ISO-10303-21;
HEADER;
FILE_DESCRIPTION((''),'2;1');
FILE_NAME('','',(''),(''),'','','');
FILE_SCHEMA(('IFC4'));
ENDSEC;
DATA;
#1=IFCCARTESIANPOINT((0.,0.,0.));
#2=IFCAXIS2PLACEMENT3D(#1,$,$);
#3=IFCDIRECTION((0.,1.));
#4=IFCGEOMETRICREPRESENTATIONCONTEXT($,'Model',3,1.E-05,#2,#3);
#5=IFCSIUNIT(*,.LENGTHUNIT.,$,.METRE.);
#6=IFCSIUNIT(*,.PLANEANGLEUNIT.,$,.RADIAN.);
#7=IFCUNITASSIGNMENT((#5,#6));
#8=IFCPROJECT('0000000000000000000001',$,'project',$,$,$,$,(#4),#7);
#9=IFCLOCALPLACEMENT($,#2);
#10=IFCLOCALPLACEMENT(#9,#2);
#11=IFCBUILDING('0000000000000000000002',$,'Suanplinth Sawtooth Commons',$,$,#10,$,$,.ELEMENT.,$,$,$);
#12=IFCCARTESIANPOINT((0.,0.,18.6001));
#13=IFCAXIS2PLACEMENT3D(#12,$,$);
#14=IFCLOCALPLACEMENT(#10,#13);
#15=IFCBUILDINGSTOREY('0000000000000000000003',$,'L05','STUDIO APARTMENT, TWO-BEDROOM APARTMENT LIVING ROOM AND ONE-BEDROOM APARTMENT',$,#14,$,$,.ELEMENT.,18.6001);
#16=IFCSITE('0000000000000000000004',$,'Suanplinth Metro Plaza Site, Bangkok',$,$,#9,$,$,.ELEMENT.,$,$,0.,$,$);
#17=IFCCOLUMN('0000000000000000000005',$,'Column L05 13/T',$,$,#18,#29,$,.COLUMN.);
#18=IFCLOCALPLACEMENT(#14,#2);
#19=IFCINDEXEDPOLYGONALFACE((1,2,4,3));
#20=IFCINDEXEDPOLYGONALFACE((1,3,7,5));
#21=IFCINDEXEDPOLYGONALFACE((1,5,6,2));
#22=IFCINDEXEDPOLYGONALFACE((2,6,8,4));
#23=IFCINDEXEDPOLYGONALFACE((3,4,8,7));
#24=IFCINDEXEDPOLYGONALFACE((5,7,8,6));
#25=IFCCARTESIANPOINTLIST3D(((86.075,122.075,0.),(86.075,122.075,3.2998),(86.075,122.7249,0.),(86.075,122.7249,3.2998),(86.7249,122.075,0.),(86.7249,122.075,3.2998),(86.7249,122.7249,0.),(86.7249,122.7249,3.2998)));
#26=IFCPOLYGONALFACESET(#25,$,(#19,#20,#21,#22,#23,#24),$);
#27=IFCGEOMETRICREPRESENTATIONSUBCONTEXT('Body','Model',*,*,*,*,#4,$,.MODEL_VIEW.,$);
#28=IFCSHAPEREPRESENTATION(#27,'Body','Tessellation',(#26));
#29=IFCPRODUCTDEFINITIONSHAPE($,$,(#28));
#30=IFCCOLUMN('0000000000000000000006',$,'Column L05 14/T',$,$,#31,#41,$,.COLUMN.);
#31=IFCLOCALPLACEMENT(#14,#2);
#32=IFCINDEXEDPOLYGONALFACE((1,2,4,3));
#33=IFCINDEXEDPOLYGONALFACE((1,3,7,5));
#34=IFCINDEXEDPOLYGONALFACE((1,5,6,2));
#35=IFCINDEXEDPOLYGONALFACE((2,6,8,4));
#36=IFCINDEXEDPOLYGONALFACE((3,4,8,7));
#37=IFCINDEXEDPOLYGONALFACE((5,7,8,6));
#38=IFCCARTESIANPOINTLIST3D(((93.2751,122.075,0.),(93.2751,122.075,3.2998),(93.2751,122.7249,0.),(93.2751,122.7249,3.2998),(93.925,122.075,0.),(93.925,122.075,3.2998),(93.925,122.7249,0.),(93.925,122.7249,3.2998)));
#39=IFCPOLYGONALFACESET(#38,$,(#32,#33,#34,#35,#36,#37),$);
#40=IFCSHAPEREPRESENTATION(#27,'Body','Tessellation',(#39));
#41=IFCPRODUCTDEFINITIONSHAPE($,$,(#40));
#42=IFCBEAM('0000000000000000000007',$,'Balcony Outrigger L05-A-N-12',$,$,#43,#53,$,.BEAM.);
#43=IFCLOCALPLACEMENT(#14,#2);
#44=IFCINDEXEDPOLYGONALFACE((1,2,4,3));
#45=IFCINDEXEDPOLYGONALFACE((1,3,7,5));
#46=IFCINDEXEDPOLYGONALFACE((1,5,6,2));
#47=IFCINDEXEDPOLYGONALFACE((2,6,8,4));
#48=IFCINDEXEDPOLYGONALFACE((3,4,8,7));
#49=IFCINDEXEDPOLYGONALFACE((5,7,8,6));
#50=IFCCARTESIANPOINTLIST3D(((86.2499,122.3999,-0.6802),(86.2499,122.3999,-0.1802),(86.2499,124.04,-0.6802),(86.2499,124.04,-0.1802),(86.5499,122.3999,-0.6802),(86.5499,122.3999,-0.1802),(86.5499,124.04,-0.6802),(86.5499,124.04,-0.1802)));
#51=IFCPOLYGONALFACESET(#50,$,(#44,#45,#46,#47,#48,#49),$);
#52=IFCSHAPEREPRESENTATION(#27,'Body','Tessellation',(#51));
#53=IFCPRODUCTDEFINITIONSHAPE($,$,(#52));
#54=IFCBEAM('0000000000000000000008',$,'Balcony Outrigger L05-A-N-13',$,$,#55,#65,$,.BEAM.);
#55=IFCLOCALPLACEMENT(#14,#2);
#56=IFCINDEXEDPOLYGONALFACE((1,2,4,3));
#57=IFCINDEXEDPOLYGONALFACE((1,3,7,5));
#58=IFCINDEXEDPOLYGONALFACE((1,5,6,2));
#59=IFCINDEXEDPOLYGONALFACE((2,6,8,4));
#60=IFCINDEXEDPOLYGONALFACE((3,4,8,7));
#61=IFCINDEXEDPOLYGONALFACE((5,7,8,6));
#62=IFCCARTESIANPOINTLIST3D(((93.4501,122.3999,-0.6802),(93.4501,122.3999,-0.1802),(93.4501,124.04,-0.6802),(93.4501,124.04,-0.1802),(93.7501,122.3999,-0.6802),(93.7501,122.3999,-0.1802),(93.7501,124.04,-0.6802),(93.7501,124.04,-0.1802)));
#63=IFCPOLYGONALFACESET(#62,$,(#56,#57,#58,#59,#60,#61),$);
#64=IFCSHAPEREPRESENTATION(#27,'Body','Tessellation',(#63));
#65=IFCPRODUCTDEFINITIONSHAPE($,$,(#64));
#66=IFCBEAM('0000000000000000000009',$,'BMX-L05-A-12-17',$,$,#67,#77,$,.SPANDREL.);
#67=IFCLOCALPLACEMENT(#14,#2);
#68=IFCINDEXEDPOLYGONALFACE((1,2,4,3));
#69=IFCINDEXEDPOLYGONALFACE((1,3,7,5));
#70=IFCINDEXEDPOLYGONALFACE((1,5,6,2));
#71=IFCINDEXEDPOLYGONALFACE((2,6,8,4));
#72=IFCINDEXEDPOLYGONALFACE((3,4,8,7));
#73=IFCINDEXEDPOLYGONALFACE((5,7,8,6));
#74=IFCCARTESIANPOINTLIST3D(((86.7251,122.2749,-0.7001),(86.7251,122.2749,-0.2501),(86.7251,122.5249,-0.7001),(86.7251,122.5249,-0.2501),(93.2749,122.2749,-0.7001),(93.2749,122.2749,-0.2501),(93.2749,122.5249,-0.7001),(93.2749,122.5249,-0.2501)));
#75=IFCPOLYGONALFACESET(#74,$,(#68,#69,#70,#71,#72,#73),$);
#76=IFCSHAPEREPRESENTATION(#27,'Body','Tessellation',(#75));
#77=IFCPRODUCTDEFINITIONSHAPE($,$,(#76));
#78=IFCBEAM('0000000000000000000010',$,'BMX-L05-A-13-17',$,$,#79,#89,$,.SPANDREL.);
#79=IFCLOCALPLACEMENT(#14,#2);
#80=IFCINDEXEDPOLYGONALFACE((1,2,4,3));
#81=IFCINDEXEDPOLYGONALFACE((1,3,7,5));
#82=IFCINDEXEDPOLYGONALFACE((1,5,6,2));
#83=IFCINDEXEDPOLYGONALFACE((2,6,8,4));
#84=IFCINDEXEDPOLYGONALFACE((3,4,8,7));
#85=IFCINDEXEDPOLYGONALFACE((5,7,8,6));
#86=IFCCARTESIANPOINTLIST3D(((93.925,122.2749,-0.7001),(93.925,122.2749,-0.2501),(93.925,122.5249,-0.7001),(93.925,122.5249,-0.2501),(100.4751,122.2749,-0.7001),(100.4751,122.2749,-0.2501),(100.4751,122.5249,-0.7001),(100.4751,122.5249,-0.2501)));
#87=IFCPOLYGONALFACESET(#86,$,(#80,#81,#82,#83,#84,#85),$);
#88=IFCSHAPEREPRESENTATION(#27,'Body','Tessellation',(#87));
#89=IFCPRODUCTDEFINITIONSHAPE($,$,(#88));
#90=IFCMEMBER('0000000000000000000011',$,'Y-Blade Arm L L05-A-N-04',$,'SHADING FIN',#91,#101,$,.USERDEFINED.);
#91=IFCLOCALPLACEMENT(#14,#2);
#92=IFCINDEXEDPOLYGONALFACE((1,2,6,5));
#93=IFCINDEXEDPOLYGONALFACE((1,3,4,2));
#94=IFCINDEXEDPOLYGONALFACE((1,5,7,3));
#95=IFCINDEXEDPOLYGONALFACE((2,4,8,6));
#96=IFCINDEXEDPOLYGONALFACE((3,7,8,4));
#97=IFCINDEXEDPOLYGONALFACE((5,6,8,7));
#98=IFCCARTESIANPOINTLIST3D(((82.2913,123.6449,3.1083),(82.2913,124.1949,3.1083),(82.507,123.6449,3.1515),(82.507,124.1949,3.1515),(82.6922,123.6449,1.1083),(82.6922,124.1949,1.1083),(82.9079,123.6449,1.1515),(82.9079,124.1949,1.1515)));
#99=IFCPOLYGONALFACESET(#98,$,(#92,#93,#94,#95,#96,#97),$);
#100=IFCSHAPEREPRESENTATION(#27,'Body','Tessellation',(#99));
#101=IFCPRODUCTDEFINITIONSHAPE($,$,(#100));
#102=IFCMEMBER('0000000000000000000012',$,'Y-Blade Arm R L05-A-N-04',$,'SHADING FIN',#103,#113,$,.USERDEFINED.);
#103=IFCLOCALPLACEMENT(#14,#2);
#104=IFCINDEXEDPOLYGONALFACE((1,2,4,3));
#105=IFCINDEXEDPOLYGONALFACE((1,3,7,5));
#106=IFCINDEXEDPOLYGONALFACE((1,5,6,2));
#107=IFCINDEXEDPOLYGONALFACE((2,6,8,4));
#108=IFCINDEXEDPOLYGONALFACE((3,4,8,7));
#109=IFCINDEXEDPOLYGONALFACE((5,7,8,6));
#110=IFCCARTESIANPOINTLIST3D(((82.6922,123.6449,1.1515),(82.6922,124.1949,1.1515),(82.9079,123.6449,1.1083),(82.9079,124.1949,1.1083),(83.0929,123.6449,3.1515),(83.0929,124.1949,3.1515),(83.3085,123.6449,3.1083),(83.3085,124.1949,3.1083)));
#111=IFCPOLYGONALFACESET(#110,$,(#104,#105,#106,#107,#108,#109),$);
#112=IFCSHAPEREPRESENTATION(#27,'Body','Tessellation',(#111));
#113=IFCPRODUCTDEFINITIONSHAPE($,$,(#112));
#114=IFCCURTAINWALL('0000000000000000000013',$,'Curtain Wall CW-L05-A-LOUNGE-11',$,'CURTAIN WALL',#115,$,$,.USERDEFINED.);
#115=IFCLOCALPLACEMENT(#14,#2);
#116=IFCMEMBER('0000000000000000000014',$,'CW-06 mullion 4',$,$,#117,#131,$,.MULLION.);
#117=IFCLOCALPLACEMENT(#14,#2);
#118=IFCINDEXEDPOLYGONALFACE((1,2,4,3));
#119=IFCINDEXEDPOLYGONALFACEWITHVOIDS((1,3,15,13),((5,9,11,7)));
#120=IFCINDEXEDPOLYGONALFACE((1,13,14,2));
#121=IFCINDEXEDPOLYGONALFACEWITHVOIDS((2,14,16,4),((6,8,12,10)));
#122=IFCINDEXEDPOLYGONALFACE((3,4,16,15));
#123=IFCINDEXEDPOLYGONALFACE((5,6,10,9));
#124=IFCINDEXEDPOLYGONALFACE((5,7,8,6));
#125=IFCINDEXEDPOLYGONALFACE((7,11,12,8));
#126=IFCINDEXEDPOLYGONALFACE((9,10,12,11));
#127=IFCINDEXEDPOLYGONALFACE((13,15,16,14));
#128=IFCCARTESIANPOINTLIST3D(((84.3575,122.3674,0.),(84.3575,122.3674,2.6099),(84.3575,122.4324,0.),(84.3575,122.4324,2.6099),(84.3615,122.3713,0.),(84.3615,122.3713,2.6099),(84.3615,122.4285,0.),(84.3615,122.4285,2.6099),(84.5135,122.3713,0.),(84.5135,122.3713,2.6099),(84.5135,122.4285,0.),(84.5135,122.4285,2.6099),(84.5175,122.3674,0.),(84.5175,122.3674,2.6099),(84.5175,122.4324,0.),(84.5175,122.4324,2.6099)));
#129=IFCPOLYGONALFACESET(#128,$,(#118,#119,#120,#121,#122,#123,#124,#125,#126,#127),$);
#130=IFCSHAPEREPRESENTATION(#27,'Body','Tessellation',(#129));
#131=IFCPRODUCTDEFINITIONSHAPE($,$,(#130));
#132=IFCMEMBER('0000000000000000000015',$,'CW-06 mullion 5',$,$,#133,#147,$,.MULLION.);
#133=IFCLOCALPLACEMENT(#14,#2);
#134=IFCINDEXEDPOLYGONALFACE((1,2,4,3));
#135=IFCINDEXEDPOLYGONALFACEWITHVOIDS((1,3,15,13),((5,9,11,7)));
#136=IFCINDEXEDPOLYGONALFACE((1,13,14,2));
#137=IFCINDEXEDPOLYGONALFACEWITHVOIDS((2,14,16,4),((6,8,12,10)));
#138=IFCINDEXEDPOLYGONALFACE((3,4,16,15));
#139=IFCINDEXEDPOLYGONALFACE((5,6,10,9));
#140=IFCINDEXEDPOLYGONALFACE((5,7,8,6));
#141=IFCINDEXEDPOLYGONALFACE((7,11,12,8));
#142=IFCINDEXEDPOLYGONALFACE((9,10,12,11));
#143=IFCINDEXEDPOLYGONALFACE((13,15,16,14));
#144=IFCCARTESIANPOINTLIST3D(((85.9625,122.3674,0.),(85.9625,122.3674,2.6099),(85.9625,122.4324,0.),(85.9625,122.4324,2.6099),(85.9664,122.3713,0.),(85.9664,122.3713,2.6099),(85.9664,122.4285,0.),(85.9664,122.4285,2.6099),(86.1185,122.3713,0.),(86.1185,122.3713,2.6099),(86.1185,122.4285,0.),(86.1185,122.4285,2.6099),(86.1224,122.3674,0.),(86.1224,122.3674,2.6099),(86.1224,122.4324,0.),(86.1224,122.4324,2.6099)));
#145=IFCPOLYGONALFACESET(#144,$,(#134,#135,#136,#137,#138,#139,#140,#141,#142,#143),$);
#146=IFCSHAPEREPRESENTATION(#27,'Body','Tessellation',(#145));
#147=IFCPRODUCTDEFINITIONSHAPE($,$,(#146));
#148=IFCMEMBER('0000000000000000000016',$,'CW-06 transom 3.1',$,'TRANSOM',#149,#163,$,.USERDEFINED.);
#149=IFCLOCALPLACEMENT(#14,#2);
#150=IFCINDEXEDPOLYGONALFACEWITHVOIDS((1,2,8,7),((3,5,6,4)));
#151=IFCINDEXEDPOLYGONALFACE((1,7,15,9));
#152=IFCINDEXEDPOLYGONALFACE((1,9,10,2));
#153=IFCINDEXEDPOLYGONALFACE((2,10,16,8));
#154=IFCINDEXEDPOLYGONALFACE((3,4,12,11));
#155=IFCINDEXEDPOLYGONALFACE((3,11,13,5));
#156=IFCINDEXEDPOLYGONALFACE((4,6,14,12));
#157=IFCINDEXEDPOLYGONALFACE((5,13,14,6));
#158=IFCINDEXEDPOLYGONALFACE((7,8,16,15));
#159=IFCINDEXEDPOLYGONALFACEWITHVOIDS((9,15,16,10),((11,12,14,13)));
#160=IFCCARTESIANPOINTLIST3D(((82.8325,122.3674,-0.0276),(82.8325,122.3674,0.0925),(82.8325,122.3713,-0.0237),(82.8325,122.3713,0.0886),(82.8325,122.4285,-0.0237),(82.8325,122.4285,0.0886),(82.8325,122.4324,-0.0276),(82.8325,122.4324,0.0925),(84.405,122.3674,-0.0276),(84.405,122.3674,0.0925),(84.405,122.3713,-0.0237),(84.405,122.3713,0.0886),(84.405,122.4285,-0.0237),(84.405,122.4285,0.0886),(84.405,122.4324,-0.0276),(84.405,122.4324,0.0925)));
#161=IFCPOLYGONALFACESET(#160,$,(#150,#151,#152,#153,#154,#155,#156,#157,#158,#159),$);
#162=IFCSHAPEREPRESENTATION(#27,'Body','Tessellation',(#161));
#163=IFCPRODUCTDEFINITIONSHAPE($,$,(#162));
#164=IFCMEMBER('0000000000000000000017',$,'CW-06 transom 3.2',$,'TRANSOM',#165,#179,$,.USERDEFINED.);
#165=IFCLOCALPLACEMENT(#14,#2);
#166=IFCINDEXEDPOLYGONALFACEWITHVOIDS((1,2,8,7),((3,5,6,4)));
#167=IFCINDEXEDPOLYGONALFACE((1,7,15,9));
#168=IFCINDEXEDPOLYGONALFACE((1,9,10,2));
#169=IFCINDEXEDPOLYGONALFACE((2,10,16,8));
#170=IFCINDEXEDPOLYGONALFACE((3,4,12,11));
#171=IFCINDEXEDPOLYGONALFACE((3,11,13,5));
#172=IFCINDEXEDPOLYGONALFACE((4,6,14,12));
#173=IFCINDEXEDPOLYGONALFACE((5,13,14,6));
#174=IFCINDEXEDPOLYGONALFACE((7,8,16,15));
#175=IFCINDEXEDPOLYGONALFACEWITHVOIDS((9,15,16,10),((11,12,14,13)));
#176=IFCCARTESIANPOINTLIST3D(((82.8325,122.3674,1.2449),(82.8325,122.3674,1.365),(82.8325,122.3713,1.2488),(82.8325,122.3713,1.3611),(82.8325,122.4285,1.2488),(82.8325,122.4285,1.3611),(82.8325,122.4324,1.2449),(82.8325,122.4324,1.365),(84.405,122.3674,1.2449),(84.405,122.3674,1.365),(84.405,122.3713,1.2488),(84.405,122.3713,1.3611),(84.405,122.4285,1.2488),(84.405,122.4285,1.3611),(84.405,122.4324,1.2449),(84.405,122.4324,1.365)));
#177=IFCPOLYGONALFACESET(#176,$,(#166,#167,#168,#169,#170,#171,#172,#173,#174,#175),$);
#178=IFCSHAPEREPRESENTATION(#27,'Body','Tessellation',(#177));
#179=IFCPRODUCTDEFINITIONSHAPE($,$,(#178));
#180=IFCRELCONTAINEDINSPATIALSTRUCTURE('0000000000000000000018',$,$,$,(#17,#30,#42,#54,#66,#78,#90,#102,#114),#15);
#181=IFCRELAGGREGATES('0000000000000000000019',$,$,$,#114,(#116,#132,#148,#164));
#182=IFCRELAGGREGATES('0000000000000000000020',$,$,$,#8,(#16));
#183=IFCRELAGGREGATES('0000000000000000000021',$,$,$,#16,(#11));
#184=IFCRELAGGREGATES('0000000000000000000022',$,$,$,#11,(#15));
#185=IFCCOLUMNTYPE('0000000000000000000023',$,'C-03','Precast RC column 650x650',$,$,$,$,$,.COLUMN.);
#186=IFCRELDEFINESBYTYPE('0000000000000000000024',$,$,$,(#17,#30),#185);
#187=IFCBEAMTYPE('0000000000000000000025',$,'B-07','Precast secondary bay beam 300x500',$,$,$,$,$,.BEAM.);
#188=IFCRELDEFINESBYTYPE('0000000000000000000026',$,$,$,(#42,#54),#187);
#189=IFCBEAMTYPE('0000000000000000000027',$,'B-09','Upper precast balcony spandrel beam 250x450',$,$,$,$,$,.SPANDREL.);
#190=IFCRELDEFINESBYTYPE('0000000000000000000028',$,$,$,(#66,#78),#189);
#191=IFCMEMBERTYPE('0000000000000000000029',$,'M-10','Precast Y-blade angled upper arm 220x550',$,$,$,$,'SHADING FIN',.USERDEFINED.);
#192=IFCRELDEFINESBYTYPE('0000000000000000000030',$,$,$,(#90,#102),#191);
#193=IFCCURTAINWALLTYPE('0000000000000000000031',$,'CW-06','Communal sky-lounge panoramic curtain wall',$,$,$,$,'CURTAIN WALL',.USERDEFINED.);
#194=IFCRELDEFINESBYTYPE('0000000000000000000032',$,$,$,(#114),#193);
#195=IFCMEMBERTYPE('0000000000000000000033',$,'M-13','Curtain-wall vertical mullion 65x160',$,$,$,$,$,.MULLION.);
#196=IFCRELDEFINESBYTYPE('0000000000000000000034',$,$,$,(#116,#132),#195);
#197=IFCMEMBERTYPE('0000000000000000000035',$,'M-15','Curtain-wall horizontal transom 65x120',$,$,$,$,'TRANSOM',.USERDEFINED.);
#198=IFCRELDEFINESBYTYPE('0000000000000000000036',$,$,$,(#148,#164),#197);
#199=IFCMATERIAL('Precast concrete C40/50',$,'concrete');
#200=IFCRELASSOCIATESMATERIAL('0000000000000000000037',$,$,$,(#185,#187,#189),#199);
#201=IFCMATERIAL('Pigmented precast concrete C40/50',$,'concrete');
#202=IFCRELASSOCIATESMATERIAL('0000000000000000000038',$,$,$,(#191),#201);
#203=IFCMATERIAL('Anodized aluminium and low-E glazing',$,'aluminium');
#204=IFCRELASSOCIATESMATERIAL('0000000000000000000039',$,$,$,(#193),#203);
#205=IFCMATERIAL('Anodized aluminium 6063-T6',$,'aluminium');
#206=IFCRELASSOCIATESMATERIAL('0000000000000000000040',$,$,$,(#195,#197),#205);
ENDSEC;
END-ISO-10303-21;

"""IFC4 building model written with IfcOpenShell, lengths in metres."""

from ifc_helpers import new_model, si_unit, direction, frame, origin, origin_2d, place, context, subcontext, project, spatial, rectangle, hollow_rectangle, extrude, material, material_profile, profile_set, type_object, element, aggregate, save


model = new_model("IFC4")

# Units and contexts
model_context = context("Model", 3, precision=1e-05, world=origin(), true_north=direction((0.0, 1.0)))
body_context = subcontext(model_context, "Body", "Model", "MODEL_VIEW")
ifc_project = project(units=[si_unit("LENGTHUNIT", "METRE"), si_unit("PLANEANGLEUNIT", "RADIAN")], contexts=[model_context])

# Site, building, storey
site_placement = place(None, origin())
site = spatial("IfcSite", under=ifc_project, at=site_placement, Name="Suanplinth Metro Plaza Site, Bangkok", CompositionType="ELEMENT", RefElevation=0.0)
building_placement = place(site_placement, origin())
building = spatial("IfcBuilding", under=site, at=building_placement, Name="Suanplinth Sawtooth Commons", CompositionType="ELEMENT")
storey_placement = place(building_placement, frame((0.0, 0.0, 18.6001)))
storey = spatial("IfcBuildingStorey", under=building, at=storey_placement, Name="L05", Description="STUDIO APARTMENT, TWO-BEDROOM APARTMENT LIVING ROOM AND ONE-BEDROOM APARTMENT", CompositionType="ELEMENT", Elevation=18.6001)

# Columns
ifc_material_1 = material(Name="Precast concrete C40/50", Category="concrete")
ifc_material_profile_1 = material_profile(ifc_material_1, rectangle(XDim=0.6499, YDim=0.6499, at=origin_2d()), Name="PC-COL 650x650")
ifc_profile_set_1 = profile_set([ifc_material_profile_1], Name="Precast concrete C40/50")
column_type = type_object("IfcColumnType", Name="C-03", Description="Precast RC column 650x650", PredefinedType="COLUMN", material=ifc_profile_set_1)
for number, where, z_axis, x_axis, name in (
    (1, (86.3999, 122.3999, 0.0), (0.0, 0.0, 1.0), (1.0, 0.0, 0.0), "Column L05 13/T"),
    (2, (93.6001, 122.3999, 0.0), (0.0, 0.0, 1.0), (1.0, 0.0, 0.0), "Column L05 14/T"),
):
    element("IfcColumn", number, at=place(storey_placement, frame(where, z_axis=z_axis, x_axis=x_axis)), inside=storey, type_object=column_type, Name=name, PredefinedType="COLUMN", context=body_context, shape_type="SweptSolid", body=[
        extrude(rectangle(XDim=0.6499, YDim=0.6499, at=origin_2d()), origin(), (0.0, 0.0, 1.0), 3.2998),
    ])

# Beams
ifc_material_profile_2 = material_profile(ifc_material_1, rectangle(XDim=0.3, YDim=0.5, at=origin_2d()), Name="PC-BM 300x500")
ifc_profile_set_2 = profile_set([ifc_material_profile_2], Name="Precast concrete C40/50")
beam_type_1 = type_object("IfcBeamType", Name="B-07", Description="Precast secondary bay beam 300x500", PredefinedType="BEAM", material=ifc_profile_set_2)
for number, where, z_axis, x_axis, name in (
    (3, (86.3999, 122.3999, -0.4302), (0.0, 1.0, 0.0), (-1.0, 0.0, 0.0), "Balcony Outrigger L05-A-N-12"),
    (4, (93.6001, 122.3999, -0.4302), (0.0, 1.0, 0.0), (-1.0, 0.0, 0.0), "Balcony Outrigger L05-A-N-13"),
):
    element("IfcBeam", number, at=place(storey_placement, frame(where, z_axis=z_axis, x_axis=x_axis)), inside=storey, type_object=beam_type_1, Name=name, PredefinedType="BEAM", context=body_context, shape_type="SweptSolid", body=[
        extrude(rectangle(XDim=0.3, YDim=0.5, at=origin_2d()), origin(), (0.0, 0.0, 1.0), 1.6401),
    ])
ifc_material_profile_3 = material_profile(ifc_material_1, rectangle(XDim=0.25, YDim=0.45, at=origin_2d()), Name="PC-SP 250x450")
ifc_profile_set_3 = profile_set([ifc_material_profile_3], Name="Precast concrete C40/50")
beam_type_2 = type_object("IfcBeamType", Name="B-09", Description="Upper precast balcony spandrel beam 250x450", PredefinedType="SPANDREL", material=ifc_profile_set_3)
beam_1_placement = place(storey_placement, frame((86.7251, 122.3999, -0.4751), z_axis=(1.0, 0.0, 0.0), x_axis=(0.0, 1.0, 0.0)))
element("IfcBeam", 5, at=beam_1_placement, inside=storey, type_object=beam_type_2, Name="BMX-L05-A-12-17", PredefinedType="SPANDREL", context=body_context, shape_type="SweptSolid", body=[
    extrude(rectangle(XDim=0.25, YDim=0.45, at=origin_2d()), origin(), (0.0, 0.0, 1.0), 6.5498),
])
beam_2_placement = place(storey_placement, frame((93.925, 122.3999, -0.4751), z_axis=(1.0, 0.0, 0.0), x_axis=(0.0, 1.0, 0.0)))
element("IfcBeam", 6, at=beam_2_placement, inside=storey, type_object=beam_type_2, Name="BMX-L05-A-13-17", PredefinedType="SPANDREL", context=body_context, shape_type="SweptSolid", body=[
    extrude(rectangle(XDim=0.25, YDim=0.45, at=origin_2d()), origin(), (0.0, 0.0, 1.0), 6.55),
])

# Members
ifc_material_2 = material(Name="Pigmented precast concrete C40/50", Category="concrete")
ifc_material_profile_4 = material_profile(ifc_material_2, rectangle(XDim=0.22, YDim=0.55, at=origin_2d()), Name="PC-FIN 220x550")
ifc_profile_set_4 = profile_set([ifc_material_profile_4], Name="Pigmented precast concrete C40/50")
member_type_1 = type_object("IfcMemberType", Name="M-10", Description="Precast Y-blade angled upper arm 220x550", ElementType="SHADING FIN", PredefinedType="USERDEFINED", material=ifc_profile_set_4)
for number, where, z_axis, x_axis, name in (
    (7, (82.8, 123.9199, 1.1299), (-0.19653, 0.0, 0.980498), (0.980498, 0.0, 0.19653), "Y-Blade Arm L L05-A-N-04"),
    (8, (82.8, 123.9199, 1.1299), (0.196415, 0.0, 0.980521), (-0.980521, 0.0, 0.196415), "Y-Blade Arm R L05-A-N-04"),
):
    element("IfcMember", number, at=place(storey_placement, frame(where, z_axis=z_axis, x_axis=x_axis)), inside=storey, type_object=member_type_1, Name=name, ObjectType="SHADING FIN", PredefinedType="USERDEFINED", context=body_context, shape_type="SweptSolid", body=[
        extrude(rectangle(XDim=0.22, YDim=0.55, at=origin_2d()), origin(), (0.0, 0.0, 1.0), 2.0398),
    ])

# Curtain wall, members
ifc_material_3 = material(Name="Anodized aluminium and low-E glazing", Category="aluminium")
curtain_wall_type = type_object("IfcCurtainWallType", Name="CW-06", Description="Communal sky-lounge panoramic curtain wall", ElementType="CURTAIN WALL", PredefinedType="USERDEFINED", material=ifc_material_3)
curtain_wall_placement = place(storey_placement, origin())
curtain_wall = element("IfcCurtainWall", 9, at=curtain_wall_placement, inside=storey, type_object=curtain_wall_type, Name="Curtain Wall CW-L05-A-LOUNGE-11", ObjectType="CURTAIN WALL", PredefinedType="USERDEFINED")
ifc_material_4 = material(Name="Anodized aluminium 6063-T6", Category="aluminium")
ifc_material_profile_5 = material_profile(ifc_material_4, hollow_rectangle(XDim=0.0649, YDim=0.1599, WallThickness=0.0039, at=origin_2d()), Name="ALU-MUL 65x160")
ifc_profile_set_5 = profile_set([ifc_material_profile_5], Name="Anodized aluminium 6063-T6")
member_type_2 = type_object("IfcMemberType", Name="M-13", Description="Curtain-wall vertical mullion 65x160", PredefinedType="MULLION", material=ifc_profile_set_5)
member_1_placement = place(storey_placement, frame((84.4375, 122.3999, 0.0), z_axis=(0.0, 0.0, 1.0), x_axis=(0.0, 1.0, 0.0)))
member_1 = element("IfcMember", 10, at=member_1_placement, type_object=member_type_2, Name="CW-06 mullion 4", PredefinedType="MULLION", context=body_context, shape_type="SweptSolid", body=[
    extrude(hollow_rectangle(XDim=0.0649, YDim=0.1599, WallThickness=0.0039, at=origin_2d()), origin(), (0.0, 0.0, 1.0), 2.6099),
])
member_2_placement = place(storey_placement, frame((86.0425, 122.3999, 0.0), z_axis=(0.0, 0.0, 1.0), x_axis=(0.0, 1.0, 0.0)))
member_2 = element("IfcMember", 11, at=member_2_placement, type_object=member_type_2, Name="CW-06 mullion 5", PredefinedType="MULLION", context=body_context, shape_type="SweptSolid", body=[
    extrude(hollow_rectangle(XDim=0.0649, YDim=0.1599, WallThickness=0.0039, at=origin_2d()), origin(), (0.0, 0.0, 1.0), 2.6099),
])
ifc_material_profile_6 = material_profile(ifc_material_4, hollow_rectangle(XDim=0.0649, YDim=0.1201, WallThickness=0.0039, at=origin_2d()), Name="ALU-TRN 65x120")
ifc_profile_set_6 = profile_set([ifc_material_profile_6], Name="Anodized aluminium 6063-T6")
member_type_3 = type_object("IfcMemberType", Name="M-15", Description="Curtain-wall horizontal transom 65x120", ElementType="TRANSOM", PredefinedType="USERDEFINED", material=ifc_profile_set_6)
member_3_placement = place(storey_placement, frame((82.8325, 122.3999, 0.0325), z_axis=(1.0, 0.0, 0.0), x_axis=(0.0, 1.0, 0.0)))
member_3 = element("IfcMember", 12, at=member_3_placement, type_object=member_type_3, Name="CW-06 transom 3.1", ObjectType="TRANSOM", PredefinedType="USERDEFINED", context=body_context, shape_type="SweptSolid", body=[
    extrude(hollow_rectangle(XDim=0.0649, YDim=0.1201, WallThickness=0.0039, at=origin_2d()), origin(), (0.0, 0.0, 1.0), 1.5725),
])
member_4_placement = place(storey_placement, frame((82.8325, 122.3999, 1.3049), z_axis=(1.0, 0.0, 0.0), x_axis=(0.0, 1.0, 0.0)))
member_4 = element("IfcMember", 13, at=member_4_placement, type_object=member_type_3, Name="CW-06 transom 3.2", ObjectType="TRANSOM", PredefinedType="USERDEFINED", context=body_context, shape_type="SweptSolid", body=[
    extrude(hollow_rectangle(XDim=0.0649, YDim=0.1201, WallThickness=0.0039, at=origin_2d()), origin(), (0.0, 0.0, 1.0), 1.5725),
])
aggregate(curtain_wall, [member_1, member_2, member_3, member_4])

save(model, "model.ifc")
